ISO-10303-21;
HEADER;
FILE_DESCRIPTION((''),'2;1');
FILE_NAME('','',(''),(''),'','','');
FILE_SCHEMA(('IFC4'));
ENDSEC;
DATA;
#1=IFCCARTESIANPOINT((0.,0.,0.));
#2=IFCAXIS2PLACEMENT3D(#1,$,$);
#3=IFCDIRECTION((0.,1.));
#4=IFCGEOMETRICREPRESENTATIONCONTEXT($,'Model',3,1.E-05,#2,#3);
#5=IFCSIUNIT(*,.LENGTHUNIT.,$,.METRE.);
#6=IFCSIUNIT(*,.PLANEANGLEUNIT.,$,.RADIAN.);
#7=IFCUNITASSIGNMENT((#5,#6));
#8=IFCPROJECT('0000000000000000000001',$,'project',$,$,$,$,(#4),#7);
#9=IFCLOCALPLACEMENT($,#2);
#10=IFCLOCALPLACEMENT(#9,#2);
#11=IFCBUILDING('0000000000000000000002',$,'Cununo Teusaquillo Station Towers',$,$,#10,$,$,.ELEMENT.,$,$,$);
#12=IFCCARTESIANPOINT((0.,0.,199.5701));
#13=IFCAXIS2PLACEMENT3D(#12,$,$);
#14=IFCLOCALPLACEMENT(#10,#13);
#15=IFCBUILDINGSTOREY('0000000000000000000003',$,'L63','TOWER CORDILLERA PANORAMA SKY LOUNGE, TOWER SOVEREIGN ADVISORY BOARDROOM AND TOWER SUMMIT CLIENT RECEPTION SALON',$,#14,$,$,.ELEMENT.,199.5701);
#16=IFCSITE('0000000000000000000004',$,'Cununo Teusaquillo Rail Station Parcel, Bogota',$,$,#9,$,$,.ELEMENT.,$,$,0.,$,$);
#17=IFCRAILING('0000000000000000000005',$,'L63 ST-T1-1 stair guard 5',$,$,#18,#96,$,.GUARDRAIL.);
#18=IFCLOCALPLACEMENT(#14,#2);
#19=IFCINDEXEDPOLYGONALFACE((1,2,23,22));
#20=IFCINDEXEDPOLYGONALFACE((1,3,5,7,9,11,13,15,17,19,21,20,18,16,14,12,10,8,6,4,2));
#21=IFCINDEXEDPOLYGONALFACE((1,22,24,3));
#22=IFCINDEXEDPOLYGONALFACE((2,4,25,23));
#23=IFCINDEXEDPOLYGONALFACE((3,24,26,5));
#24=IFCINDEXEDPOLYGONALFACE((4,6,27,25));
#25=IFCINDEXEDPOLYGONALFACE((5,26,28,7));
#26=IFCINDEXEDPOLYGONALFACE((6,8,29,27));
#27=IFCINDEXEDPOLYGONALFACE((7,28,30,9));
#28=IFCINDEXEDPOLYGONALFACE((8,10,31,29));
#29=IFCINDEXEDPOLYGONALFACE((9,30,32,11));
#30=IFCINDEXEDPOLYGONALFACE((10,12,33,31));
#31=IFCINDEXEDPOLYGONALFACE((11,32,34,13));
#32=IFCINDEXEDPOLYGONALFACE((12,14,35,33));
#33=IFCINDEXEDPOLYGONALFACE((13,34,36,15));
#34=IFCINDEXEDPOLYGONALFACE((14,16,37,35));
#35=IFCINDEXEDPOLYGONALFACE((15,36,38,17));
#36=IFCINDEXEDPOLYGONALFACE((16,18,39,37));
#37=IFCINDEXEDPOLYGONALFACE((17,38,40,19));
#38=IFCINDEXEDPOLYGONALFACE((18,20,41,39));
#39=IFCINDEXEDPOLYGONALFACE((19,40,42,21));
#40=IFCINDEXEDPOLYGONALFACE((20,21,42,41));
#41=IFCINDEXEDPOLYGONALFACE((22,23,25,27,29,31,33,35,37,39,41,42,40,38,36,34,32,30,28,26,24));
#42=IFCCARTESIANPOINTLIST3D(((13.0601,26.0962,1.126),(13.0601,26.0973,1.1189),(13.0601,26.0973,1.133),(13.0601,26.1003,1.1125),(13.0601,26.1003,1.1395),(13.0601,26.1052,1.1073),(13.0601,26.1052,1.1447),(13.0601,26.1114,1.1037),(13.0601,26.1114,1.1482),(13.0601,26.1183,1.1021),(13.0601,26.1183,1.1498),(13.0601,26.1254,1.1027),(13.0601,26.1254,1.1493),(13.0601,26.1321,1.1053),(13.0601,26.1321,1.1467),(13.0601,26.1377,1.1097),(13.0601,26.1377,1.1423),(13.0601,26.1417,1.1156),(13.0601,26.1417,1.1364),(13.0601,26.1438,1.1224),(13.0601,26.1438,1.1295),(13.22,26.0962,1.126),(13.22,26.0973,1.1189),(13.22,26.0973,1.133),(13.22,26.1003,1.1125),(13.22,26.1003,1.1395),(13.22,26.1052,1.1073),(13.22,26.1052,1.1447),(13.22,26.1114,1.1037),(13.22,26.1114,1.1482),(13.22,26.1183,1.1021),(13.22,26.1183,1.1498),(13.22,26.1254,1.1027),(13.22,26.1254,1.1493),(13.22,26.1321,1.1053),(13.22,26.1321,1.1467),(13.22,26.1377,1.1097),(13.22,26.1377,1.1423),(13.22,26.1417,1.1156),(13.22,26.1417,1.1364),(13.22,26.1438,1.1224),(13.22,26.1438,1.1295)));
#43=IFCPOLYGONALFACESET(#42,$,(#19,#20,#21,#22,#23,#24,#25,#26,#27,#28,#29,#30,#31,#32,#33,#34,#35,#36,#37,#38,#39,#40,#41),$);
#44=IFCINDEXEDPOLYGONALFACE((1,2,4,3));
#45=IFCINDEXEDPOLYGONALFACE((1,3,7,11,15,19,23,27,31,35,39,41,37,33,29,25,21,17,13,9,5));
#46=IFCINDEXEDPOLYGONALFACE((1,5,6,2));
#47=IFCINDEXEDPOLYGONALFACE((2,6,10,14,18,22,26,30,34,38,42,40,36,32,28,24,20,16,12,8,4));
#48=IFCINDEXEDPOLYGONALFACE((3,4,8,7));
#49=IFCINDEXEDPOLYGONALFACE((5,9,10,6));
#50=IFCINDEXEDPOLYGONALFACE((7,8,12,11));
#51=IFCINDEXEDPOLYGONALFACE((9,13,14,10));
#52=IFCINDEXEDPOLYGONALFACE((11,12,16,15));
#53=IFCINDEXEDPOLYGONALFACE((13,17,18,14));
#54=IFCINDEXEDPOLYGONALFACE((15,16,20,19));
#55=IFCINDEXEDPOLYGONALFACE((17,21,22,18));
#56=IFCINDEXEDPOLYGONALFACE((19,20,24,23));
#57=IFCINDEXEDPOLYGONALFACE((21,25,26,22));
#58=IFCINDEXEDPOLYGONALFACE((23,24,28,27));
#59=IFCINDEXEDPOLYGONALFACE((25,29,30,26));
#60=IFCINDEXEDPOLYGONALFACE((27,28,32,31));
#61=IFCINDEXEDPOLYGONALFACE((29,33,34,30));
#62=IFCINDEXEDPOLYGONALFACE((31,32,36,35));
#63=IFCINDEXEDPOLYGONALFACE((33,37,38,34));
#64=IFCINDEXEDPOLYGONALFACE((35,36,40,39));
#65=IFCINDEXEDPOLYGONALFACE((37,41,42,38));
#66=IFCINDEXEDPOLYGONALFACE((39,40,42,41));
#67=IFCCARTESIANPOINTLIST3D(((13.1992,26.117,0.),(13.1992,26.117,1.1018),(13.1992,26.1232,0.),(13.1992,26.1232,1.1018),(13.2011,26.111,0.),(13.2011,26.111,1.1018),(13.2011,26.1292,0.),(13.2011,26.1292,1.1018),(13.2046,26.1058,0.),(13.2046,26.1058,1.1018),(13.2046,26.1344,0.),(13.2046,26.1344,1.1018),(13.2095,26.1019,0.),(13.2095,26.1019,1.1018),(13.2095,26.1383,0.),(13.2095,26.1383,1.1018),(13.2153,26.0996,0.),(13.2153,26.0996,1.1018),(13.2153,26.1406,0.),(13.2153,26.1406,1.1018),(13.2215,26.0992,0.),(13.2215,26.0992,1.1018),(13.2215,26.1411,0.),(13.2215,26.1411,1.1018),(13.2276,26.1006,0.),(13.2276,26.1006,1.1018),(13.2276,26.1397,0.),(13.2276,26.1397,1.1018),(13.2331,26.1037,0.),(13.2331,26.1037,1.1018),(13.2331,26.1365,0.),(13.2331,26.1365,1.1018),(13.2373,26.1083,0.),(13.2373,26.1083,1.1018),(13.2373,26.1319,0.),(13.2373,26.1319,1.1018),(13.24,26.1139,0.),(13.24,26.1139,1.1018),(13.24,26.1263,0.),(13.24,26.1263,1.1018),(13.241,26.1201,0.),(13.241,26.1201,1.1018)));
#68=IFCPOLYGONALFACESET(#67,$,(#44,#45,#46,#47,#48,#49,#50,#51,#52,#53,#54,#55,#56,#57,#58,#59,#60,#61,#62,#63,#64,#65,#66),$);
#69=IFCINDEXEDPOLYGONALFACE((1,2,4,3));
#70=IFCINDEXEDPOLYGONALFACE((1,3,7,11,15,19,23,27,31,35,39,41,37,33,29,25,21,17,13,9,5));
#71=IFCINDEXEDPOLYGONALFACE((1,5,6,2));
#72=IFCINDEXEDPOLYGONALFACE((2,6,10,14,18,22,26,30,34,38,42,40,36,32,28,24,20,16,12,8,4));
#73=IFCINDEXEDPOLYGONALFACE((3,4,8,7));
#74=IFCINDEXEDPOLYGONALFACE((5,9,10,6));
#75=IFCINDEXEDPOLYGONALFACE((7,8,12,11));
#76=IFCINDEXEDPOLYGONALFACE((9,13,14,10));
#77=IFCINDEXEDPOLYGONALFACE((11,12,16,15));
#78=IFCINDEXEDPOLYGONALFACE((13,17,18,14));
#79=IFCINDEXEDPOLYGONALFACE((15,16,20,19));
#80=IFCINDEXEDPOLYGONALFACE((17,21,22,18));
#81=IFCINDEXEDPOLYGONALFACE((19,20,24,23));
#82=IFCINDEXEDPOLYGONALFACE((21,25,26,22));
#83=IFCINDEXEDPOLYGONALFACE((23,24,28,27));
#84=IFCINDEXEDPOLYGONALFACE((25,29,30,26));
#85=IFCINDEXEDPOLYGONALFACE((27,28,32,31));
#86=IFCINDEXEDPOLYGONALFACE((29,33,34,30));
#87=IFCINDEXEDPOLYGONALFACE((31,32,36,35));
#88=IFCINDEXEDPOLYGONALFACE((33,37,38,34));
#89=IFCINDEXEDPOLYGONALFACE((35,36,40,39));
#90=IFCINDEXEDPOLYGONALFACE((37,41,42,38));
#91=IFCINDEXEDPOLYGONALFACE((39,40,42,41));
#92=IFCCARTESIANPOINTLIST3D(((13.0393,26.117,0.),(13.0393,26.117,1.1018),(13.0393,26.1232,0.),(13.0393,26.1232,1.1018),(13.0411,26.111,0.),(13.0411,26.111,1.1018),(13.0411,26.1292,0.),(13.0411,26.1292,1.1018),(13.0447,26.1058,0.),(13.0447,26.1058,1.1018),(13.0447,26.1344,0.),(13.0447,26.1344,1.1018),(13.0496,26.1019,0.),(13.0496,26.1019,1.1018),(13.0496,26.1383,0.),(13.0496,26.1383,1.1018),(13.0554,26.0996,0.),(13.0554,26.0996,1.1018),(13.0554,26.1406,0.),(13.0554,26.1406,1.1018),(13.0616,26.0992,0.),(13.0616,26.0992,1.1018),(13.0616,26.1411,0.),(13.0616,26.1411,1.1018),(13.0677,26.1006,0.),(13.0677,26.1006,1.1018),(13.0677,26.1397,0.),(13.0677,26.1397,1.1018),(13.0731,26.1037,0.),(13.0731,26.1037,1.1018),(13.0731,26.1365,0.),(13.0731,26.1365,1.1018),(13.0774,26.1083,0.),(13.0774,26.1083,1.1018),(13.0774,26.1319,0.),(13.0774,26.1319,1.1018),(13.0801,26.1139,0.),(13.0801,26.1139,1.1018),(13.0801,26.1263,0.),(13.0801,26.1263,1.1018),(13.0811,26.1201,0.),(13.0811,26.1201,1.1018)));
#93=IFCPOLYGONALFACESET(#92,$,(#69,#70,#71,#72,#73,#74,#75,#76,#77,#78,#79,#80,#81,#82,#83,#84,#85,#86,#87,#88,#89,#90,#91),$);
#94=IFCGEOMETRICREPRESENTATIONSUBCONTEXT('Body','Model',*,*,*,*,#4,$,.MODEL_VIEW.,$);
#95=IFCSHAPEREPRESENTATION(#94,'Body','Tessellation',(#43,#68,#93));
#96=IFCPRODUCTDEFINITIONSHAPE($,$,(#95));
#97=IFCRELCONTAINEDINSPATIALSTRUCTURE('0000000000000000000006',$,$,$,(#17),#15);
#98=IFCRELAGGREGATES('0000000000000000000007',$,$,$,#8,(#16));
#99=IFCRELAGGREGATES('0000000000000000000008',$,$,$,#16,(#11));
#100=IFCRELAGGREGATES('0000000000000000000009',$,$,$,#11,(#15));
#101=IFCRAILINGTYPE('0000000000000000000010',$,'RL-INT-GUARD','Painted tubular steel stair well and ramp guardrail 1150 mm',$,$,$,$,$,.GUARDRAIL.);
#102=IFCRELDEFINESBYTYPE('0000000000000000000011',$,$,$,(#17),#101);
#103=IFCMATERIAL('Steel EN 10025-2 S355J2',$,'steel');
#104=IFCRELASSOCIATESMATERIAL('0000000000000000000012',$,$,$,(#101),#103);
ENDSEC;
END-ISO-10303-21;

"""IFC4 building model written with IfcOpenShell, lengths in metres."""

from ifc_helpers import new_model, si_unit, direction, frame, origin, origin_2d, place, context, subcontext, project, spatial, circle, extrude, material, type_object, element, save


model = new_model("IFC4")

# Units and contexts
model_context = context("Model", 3, precision=1e-05, world=origin(), true_north=direction((0.0, 1.0)))
body_context = subcontext(model_context, "Body", "Model", "MODEL_VIEW")
ifc_project = project(units=[si_unit("LENGTHUNIT", "METRE"), si_unit("PLANEANGLEUNIT", "RADIAN")], contexts=[model_context])

# Site, building, storey
site_placement = place(None, origin())
site = spatial("IfcSite", under=ifc_project, at=site_placement, Name="Cununo Teusaquillo Rail Station Parcel, Bogota", CompositionType="ELEMENT", RefElevation=0.0)
building_placement = place(site_placement, origin())
building = spatial("IfcBuilding", under=site, at=building_placement, Name="Cununo Teusaquillo Station Towers", CompositionType="ELEMENT")
storey_placement = place(building_placement, frame((0.0, 0.0, 199.5701)))
storey = spatial("IfcBuildingStorey", under=building, at=storey_placement, Name="L63", Description="TOWER CORDILLERA PANORAMA SKY LOUNGE, TOWER SOVEREIGN ADVISORY BOARDROOM AND TOWER SUMMIT CLIENT RECEPTION SALON", CompositionType="ELEMENT", Elevation=199.5701)

# Railing
ifc_material_1 = material(Name="Steel EN 10025-2 S355J2", Category="steel")
railing_type_1 = type_object("IfcRailingType", Name="RL-INT-GUARD", Description="Painted tubular steel stair well and ramp guardrail 1150 mm", PredefinedType="GUARDRAIL", material=ifc_material_1)
railing_1_placement = place(storey_placement, frame((13.22, 26.1201, 0.0)))
element("IfcRailing", 1, at=railing_1_placement, inside=storey, type_object=railing_type_1, Name="L63 ST-T1-1 stair guard 5", PredefinedType="GUARDRAIL", context=body_context, shape_type="SweptSolid", body=[
    extrude(circle(Radius=0.0239, at=origin_2d()), frame((0.0, 0.0, 1.126), z_axis=(-1.0, 0.0, 0.0), x_axis=(0.0, -1.0, 0.0)), (0.0, 0.0, 1.0), 0.1599),
    extrude(circle(Radius=0.021, at=origin_2d()), origin(), (0.0, 0.0, 1.0), 1.1018),
    extrude(circle(Radius=0.021, at=origin_2d()), frame((-0.1599, 0.0, 0.0)), (0.0, 0.0, 1.0), 1.1018),
])

save(model, "model.ifc")
